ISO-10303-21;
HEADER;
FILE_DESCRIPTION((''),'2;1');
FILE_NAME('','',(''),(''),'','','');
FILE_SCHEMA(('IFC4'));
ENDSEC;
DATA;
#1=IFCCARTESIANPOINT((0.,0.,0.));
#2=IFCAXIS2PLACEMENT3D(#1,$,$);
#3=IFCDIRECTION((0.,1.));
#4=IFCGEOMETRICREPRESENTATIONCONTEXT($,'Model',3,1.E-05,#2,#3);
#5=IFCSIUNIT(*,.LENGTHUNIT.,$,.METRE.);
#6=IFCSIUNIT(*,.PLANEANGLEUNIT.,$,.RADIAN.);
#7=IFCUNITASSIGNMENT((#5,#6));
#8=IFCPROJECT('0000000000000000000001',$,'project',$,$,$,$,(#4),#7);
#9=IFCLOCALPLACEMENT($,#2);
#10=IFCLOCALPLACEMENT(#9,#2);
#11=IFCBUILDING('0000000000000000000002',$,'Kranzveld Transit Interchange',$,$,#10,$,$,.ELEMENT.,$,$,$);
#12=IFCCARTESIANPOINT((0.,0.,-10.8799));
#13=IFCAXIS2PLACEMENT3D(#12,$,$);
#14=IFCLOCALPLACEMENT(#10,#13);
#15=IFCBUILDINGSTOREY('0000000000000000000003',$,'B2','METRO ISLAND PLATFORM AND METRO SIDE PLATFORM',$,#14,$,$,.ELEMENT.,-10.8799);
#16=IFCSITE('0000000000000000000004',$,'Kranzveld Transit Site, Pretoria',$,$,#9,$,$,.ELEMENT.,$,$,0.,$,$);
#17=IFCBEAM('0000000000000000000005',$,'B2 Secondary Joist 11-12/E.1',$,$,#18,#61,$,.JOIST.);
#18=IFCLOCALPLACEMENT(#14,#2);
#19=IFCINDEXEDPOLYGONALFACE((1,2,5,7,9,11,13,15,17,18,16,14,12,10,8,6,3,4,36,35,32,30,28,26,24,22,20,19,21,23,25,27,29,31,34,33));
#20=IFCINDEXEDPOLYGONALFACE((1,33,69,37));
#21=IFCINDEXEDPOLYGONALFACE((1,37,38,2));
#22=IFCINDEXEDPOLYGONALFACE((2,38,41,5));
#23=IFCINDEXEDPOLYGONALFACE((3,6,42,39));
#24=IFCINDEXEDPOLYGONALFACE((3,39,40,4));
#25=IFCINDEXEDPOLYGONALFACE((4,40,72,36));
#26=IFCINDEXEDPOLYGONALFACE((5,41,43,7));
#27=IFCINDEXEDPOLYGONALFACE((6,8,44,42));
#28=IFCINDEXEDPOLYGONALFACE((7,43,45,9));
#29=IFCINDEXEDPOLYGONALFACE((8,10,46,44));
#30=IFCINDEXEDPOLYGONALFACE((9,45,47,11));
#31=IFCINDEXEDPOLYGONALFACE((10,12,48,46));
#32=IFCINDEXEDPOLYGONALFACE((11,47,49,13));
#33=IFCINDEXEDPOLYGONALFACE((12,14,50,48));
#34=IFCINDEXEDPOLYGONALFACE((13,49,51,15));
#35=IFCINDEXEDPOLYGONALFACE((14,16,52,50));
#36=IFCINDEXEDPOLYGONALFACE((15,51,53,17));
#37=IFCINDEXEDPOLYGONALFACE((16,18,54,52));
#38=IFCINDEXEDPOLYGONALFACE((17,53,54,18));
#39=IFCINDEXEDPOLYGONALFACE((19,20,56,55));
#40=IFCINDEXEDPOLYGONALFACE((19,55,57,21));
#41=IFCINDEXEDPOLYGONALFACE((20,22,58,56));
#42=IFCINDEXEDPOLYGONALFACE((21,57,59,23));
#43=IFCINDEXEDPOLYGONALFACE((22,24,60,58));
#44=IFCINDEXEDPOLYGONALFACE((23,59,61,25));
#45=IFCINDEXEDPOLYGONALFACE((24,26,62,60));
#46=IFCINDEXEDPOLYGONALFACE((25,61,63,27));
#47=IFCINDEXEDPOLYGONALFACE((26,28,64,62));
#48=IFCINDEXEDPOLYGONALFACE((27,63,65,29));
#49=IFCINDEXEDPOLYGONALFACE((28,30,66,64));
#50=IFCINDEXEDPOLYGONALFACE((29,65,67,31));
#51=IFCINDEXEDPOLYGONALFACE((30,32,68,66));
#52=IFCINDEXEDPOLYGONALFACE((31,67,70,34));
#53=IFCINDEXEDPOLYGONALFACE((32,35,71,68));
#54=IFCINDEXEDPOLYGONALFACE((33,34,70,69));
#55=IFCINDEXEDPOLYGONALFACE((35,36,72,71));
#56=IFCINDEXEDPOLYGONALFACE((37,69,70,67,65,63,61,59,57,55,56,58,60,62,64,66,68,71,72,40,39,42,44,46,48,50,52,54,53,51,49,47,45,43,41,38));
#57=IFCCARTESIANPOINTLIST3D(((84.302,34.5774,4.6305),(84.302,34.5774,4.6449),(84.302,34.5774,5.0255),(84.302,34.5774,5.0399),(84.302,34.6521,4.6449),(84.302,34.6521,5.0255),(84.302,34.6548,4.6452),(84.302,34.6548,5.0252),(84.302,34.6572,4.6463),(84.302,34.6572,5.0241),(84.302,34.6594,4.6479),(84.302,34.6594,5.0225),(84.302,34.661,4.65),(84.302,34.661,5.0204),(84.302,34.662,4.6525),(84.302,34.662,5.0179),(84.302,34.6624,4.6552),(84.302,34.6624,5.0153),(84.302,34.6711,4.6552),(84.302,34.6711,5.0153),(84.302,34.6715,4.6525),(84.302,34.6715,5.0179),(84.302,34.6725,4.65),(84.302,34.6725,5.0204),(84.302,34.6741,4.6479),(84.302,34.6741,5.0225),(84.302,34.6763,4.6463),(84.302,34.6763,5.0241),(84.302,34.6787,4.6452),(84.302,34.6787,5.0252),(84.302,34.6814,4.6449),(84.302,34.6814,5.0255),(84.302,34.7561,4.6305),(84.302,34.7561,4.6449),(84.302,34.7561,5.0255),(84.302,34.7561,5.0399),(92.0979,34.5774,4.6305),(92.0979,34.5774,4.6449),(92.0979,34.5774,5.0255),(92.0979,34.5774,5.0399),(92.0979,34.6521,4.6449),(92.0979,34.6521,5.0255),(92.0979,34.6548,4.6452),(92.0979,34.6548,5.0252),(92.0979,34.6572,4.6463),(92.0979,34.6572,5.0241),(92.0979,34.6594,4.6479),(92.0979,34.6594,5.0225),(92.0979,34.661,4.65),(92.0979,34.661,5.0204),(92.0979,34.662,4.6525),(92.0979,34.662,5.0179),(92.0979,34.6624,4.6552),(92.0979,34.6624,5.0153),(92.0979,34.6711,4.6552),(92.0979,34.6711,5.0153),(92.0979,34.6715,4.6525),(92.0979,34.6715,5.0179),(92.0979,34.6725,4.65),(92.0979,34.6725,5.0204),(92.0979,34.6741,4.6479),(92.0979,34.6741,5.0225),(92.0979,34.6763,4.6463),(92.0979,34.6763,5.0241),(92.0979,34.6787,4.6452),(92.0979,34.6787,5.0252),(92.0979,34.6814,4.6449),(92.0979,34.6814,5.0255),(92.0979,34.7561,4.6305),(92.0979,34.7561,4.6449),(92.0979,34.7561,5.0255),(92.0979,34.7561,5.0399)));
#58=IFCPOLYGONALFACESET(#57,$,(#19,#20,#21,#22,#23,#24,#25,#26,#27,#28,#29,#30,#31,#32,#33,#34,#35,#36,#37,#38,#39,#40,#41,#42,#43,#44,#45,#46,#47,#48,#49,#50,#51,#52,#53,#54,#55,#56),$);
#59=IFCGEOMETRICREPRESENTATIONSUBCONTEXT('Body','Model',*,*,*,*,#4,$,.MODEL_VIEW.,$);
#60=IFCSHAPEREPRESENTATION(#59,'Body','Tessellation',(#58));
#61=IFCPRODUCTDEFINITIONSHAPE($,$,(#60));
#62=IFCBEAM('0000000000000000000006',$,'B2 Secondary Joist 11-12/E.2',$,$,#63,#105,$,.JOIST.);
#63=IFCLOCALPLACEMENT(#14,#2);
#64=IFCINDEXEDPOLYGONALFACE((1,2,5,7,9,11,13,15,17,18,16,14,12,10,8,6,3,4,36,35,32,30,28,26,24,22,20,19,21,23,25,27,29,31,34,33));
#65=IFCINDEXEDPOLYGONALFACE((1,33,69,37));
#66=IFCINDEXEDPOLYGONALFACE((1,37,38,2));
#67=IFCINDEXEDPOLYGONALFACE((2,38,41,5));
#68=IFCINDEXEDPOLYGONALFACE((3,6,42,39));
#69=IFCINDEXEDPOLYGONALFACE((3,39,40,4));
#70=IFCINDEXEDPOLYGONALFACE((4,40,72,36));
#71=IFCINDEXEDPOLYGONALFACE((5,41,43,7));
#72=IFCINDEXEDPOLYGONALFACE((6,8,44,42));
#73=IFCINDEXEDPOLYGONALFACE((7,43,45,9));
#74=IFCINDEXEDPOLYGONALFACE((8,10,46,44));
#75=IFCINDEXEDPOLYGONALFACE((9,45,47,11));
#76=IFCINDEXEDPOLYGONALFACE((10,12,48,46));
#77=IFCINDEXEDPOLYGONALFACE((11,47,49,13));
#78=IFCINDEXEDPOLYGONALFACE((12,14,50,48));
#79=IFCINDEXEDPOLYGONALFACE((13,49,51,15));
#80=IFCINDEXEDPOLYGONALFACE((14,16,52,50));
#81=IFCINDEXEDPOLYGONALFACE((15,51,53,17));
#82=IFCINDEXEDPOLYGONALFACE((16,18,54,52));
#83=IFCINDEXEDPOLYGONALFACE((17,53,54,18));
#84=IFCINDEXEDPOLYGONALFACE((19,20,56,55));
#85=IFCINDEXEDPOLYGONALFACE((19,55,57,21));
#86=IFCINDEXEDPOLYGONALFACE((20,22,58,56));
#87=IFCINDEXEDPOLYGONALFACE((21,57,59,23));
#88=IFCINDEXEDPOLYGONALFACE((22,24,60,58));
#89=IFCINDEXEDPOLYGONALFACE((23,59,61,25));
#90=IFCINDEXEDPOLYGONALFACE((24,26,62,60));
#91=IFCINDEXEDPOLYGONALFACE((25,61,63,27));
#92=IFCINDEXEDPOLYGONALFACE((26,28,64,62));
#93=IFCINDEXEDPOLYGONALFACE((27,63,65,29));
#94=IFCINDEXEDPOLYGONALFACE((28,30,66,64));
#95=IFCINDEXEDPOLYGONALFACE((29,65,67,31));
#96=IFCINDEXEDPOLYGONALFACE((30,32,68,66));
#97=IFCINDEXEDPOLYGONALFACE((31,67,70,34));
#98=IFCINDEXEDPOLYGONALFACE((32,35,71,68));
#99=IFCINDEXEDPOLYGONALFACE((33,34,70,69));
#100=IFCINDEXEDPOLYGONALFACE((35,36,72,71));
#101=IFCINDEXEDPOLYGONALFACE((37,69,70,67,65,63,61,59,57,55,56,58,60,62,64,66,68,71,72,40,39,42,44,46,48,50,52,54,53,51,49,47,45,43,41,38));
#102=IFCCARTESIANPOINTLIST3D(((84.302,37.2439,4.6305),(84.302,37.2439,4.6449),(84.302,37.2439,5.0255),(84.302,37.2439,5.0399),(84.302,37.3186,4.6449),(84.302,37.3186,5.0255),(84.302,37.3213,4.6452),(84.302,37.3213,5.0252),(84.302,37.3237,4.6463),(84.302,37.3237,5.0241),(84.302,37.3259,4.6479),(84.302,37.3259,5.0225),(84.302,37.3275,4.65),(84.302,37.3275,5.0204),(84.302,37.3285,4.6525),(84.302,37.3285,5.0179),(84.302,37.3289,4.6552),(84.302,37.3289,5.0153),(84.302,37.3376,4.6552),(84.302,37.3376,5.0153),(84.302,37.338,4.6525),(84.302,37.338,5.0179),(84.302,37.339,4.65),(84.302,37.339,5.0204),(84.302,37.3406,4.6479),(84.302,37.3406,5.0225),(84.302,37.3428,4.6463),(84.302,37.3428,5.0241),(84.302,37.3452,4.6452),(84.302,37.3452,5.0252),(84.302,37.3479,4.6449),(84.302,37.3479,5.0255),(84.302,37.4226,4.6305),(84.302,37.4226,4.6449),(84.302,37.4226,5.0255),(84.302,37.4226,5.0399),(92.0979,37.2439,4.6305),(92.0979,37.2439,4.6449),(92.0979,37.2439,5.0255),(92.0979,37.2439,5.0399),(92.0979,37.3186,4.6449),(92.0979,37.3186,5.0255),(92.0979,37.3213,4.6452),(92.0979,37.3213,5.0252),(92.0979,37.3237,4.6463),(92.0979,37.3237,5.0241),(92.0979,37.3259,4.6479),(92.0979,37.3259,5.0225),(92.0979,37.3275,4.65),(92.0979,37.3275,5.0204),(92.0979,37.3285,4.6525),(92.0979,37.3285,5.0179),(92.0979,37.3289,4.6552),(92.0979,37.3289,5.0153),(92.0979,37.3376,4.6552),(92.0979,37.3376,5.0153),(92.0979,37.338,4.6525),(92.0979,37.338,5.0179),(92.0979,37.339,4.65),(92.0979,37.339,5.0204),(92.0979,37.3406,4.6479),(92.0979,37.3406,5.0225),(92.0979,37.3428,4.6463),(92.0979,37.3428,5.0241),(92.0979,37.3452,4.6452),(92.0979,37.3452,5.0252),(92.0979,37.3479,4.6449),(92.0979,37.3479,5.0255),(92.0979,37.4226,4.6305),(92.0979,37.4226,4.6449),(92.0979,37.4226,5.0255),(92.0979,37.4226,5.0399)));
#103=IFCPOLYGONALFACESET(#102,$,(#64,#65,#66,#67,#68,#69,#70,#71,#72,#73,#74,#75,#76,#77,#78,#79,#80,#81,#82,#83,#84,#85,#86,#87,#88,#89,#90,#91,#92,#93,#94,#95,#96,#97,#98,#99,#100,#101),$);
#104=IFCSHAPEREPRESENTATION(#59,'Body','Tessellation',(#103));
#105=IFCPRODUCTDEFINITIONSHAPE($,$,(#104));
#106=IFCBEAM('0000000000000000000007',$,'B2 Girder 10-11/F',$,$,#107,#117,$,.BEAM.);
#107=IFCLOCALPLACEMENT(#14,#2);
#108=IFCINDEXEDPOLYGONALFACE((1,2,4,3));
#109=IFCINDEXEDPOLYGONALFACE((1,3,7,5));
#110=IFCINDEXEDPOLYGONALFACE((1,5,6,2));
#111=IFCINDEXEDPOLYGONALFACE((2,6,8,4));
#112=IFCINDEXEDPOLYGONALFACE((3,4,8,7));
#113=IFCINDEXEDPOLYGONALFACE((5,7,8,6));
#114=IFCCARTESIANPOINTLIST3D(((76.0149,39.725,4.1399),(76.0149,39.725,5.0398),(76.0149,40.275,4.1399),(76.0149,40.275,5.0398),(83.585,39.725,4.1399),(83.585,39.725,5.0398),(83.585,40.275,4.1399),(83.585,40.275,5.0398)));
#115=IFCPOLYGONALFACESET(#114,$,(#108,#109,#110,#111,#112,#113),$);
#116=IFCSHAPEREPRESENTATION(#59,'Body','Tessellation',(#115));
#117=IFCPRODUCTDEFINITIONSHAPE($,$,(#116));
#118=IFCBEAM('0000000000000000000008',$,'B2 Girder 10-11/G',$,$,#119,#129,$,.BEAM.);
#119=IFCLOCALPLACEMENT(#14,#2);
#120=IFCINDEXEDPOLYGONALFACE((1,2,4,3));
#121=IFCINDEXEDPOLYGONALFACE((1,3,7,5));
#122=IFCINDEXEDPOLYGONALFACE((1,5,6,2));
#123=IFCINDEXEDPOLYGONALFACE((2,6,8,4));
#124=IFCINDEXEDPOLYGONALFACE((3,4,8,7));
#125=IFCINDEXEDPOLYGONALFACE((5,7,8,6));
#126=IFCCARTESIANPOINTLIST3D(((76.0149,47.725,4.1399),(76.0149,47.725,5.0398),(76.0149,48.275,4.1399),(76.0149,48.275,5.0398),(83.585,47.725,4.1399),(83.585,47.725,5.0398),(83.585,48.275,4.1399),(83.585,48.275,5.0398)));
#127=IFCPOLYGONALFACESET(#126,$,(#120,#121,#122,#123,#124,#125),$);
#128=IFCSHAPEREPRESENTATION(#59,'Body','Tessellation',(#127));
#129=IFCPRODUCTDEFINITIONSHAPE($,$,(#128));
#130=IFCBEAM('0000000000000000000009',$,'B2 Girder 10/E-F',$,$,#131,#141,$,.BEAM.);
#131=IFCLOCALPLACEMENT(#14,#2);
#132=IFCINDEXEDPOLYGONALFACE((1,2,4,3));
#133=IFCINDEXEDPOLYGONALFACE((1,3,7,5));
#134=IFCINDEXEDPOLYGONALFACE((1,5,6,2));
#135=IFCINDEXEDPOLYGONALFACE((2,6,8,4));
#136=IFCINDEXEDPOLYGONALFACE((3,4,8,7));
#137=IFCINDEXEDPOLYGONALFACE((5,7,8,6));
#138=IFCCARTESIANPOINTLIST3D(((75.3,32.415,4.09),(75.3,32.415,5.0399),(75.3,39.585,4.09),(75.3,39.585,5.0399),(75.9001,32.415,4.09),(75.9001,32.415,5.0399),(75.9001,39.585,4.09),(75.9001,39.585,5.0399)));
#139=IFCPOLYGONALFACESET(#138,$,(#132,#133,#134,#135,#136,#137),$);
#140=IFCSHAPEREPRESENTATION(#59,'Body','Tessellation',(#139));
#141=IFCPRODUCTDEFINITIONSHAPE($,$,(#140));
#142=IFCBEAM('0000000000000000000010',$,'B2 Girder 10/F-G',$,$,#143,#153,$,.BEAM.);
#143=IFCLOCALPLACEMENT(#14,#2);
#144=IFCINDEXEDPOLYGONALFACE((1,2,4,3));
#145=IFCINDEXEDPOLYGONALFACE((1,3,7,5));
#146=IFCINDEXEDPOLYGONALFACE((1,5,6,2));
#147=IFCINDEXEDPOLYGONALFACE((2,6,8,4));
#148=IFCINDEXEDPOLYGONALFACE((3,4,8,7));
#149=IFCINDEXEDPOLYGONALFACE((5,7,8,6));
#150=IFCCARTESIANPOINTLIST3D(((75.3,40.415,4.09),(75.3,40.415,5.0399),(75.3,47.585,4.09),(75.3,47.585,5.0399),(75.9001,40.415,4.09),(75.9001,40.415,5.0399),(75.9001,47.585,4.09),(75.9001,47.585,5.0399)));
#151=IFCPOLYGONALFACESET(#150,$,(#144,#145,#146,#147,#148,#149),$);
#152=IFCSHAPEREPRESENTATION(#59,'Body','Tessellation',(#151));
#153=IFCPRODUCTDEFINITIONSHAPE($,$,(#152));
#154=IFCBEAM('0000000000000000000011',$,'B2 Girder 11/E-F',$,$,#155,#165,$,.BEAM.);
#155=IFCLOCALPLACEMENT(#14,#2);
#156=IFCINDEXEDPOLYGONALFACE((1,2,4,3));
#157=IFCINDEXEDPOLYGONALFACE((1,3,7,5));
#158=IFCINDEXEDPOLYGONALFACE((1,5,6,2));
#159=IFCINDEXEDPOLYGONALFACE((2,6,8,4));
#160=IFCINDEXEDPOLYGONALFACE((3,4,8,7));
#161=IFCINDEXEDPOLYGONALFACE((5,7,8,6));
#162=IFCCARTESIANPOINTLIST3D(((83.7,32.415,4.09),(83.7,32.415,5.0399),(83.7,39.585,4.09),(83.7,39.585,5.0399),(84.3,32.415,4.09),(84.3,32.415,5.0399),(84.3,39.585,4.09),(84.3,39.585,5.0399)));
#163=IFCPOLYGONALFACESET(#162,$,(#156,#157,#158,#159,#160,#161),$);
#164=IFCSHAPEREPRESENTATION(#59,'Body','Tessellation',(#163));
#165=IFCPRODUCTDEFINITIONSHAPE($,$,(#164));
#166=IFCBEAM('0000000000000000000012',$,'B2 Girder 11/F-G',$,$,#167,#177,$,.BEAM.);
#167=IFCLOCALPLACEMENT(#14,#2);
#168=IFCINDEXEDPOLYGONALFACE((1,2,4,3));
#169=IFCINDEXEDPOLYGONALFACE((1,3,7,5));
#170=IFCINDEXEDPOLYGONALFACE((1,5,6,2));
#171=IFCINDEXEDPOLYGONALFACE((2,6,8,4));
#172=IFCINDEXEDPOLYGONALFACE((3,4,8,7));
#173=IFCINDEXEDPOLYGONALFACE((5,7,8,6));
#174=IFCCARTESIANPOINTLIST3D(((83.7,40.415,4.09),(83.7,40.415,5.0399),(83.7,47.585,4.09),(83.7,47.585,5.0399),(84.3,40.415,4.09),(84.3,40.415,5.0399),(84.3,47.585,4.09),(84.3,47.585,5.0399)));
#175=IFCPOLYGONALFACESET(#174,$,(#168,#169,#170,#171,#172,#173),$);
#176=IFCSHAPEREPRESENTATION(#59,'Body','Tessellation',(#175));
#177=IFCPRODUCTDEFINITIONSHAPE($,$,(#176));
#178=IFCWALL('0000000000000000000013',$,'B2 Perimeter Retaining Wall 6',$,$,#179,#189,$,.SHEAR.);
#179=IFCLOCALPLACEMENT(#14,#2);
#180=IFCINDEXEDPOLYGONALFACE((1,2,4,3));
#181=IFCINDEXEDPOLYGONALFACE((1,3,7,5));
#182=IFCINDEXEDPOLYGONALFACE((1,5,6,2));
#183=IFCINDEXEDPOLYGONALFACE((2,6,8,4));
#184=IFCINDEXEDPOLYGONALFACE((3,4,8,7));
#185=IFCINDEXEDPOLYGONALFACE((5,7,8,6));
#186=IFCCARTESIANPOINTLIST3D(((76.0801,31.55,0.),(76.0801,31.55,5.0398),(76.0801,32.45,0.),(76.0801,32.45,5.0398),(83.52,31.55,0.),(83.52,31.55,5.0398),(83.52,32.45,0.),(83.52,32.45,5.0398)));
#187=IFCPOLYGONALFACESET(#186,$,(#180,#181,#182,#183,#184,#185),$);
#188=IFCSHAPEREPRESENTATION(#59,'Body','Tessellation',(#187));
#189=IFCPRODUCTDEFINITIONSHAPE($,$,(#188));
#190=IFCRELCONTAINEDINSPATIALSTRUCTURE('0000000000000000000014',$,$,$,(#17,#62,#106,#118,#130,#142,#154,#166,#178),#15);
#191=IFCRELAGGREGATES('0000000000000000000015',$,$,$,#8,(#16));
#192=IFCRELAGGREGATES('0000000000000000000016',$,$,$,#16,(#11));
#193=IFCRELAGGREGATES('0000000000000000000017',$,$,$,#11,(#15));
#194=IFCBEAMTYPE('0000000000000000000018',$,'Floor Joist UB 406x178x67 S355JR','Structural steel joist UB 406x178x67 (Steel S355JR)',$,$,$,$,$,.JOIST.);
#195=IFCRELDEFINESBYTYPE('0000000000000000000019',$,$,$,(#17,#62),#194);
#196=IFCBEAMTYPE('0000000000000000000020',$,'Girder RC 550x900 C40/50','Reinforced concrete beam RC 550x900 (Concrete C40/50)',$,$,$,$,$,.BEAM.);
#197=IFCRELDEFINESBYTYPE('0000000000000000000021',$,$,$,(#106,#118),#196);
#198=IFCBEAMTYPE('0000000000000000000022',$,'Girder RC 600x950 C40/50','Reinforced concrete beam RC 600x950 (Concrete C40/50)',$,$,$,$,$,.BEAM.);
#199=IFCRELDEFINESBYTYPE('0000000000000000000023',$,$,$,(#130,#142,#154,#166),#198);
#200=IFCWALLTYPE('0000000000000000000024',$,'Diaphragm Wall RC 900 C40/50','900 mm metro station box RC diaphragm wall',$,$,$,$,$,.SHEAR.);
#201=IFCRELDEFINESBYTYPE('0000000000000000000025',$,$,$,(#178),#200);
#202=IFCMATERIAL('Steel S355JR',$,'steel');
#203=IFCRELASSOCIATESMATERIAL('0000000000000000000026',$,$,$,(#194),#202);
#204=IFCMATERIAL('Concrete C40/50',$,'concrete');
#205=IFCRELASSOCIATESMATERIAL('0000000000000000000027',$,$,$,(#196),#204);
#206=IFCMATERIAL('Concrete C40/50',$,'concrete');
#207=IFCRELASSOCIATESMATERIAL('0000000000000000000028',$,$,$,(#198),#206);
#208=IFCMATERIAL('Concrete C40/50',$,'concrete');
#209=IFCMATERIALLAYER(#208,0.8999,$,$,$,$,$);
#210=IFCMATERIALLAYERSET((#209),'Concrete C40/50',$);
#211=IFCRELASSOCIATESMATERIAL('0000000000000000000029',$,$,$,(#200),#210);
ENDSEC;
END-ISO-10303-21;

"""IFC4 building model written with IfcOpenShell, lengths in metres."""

from ifc_helpers import new_model, si_unit, direction, frame, frame_2d, origin, origin_2d, place, context, subcontext, project, spatial, rectangle, i_section, extrude, material, layer, layer_set, material_profile, profile_set, type_object, element, save


model = new_model("IFC4")

# Units and contexts
model_context = context("Model", 3, precision=1e-05, world=origin(), true_north=direction((0.0, 1.0)))
body_context = subcontext(model_context, "Body", "Model", "MODEL_VIEW")
ifc_project = project(units=[si_unit("LENGTHUNIT", "METRE"), si_unit("PLANEANGLEUNIT", "RADIAN")], contexts=[model_context])

# Site, building, storey
site_placement = place(None, origin())
site = spatial("IfcSite", under=ifc_project, at=site_placement, Name="Kranzveld Transit Site, Pretoria", CompositionType="ELEMENT", RefElevation=0.0)
building_placement = place(site_placement, origin())
building = spatial("IfcBuilding", under=site, at=building_placement, Name="Kranzveld Transit Interchange", CompositionType="ELEMENT")
storey_placement = place(building_placement, frame((0.0, 0.0, -10.8799)))
storey = spatial("IfcBuildingStorey", under=building, at=storey_placement, Name="B2", Description="METRO ISLAND PLATFORM AND METRO SIDE PLATFORM", CompositionType="ELEMENT", Elevation=-10.8799)

# Beams
ifc_material_1 = material(Name="Steel S355JR", Category="steel")
ifc_material_profile_1 = material_profile(ifc_material_1, i_section(OverallWidth=0.1787, OverallDepth=0.4094, WebThickness=0.0088, FlangeThickness=0.0144, FilletRadius=0.0103, at=origin_2d()), Name="UB 406x178x67")
ifc_profile_set_1 = profile_set([ifc_material_profile_1], Name="Steel S355JR")
beam_type_1 = type_object("IfcBeamType", Name="Floor Joist UB 406x178x67 S355JR", Description="Structural steel joist UB 406x178x67 (Steel S355JR)", PredefinedType="JOIST", material=ifc_profile_set_1)
for number, where, z_axis, x_axis, name in (
    (1, (84.302, 34.6667, 4.8352), (1.0, 0.0, 0.0), (0.0, 1.0, 0.0), "B2 Secondary Joist 11-12/E.1"),
    (2, (84.302, 37.3333, 4.8352), (1.0, 0.0, 0.0), (0.0, 1.0, 0.0), "B2 Secondary Joist 11-12/E.2"),
):
    element("IfcBeam", number, at=place(storey_placement, frame(where, z_axis=z_axis, x_axis=x_axis)), inside=storey, type_object=beam_type_1, Name=name, PredefinedType="JOIST", context=body_context, shape_type="SweptSolid", body=[
        extrude(i_section(OverallWidth=0.1787, OverallDepth=0.4094, WebThickness=0.0088, FlangeThickness=0.0144, FilletRadius=0.0103, at=origin_2d()), origin(), (0.0, 0.0, 1.0), 7.7959),
    ])
ifc_material_2 = material(Name="Concrete C40/50", Category="concrete")
ifc_material_profile_2 = material_profile(ifc_material_2, rectangle(XDim=0.55, YDim=0.8999, at=origin_2d()), Name="RC 550x900")
ifc_profile_set_2 = profile_set([ifc_material_profile_2], Name="Concrete C40/50")
beam_type_2 = type_object("IfcBeamType", Name="Girder RC 550x900 C40/50", Description="Reinforced concrete beam RC 550x900 (Concrete C40/50)", PredefinedType="BEAM", material=ifc_profile_set_2)
for number, where, z_axis, x_axis, name in (
    (3, (76.0149, 40.0, 4.5898), (1.0, 0.0, 0.0), (0.0, 1.0, 0.0), "B2 Girder 10-11/F"),
    (4, (76.0149, 48.0, 4.5898), (1.0, 0.0, 0.0), (0.0, 1.0, 0.0), "B2 Girder 10-11/G"),
):
    element("IfcBeam", number, at=place(storey_placement, frame(where, z_axis=z_axis, x_axis=x_axis)), inside=storey, type_object=beam_type_2, Name=name, PredefinedType="BEAM", context=body_context, shape_type="SweptSolid", body=[
        extrude(rectangle(XDim=0.55, YDim=0.8999, at=origin_2d()), origin(), (0.0, 0.0, 1.0), 7.5701),
    ])
ifc_material_3 = material(Name="Concrete C40/50", Category="concrete")
ifc_material_profile_3 = material_profile(ifc_material_3, rectangle(XDim=0.6001, YDim=0.95, at=origin_2d()), Name="RC 600x950")
ifc_profile_set_3 = profile_set([ifc_material_profile_3], Name="Concrete C40/50")
beam_type_3 = type_object("IfcBeamType", Name="Girder RC 600x950 C40/50", Description="Reinforced concrete beam RC 600x950 (Concrete C40/50)", PredefinedType="BEAM", material=ifc_profile_set_3)
for number, where, z_axis, x_axis, name in (
    (5, (75.6001, 32.415, 4.5649), (0.0, 1.0, 0.0), (-1.0, 0.0, 0.0), "B2 Girder 10/E-F"),
    (6, (75.6001, 40.415, 4.5649), (0.0, 1.0, 0.0), (-1.0, 0.0, 0.0), "B2 Girder 10/F-G"),
    (7, (84.0, 32.415, 4.5649), (0.0, 1.0, 0.0), (-1.0, 0.0, 0.0), "B2 Girder 11/E-F"),
    (8, (84.0, 40.415, 4.5649), (0.0, 1.0, 0.0), (-1.0, 0.0, 0.0), "B2 Girder 11/F-G"),
):
    element("IfcBeam", number, at=place(storey_placement, frame(where, z_axis=z_axis, x_axis=x_axis)), inside=storey, type_object=beam_type_3, Name=name, PredefinedType="BEAM", context=body_context, shape_type="SweptSolid", body=[
        extrude(rectangle(XDim=0.6001, YDim=0.95, at=origin_2d()), origin(), (0.0, 0.0, 1.0), 7.1699),
    ])

# Wall
ifc_material_4 = material(Name="Concrete C40/50", Category="concrete")
ifc_layer = layer(ifc_material_4, 0.8999)
ifc_layer_set = layer_set([ifc_layer], Name="Concrete C40/50")
wall_type = type_object("IfcWallType", Name="Diaphragm Wall RC 900 C40/50", Description="900 mm metro station box RC diaphragm wall", PredefinedType="SHEAR", material=ifc_layer_set)
wall_placement = place(storey_placement, frame((76.0801, 32.0, 0.0), z_axis=(0.0, 0.0, 1.0), x_axis=(1.0, 0.0, 0.0)))
element("IfcWall", 9, at=wall_placement, inside=storey, type_object=wall_type, Name="B2 Perimeter Retaining Wall 6", PredefinedType="SHEAR", context=body_context, shape_type="SweptSolid", body=[
    extrude(rectangle(XDim=7.4399, YDim=0.8999, at=frame_2d((3.72, 0.0))), origin(), (0.0, 0.0, 1.0), 5.0398),
])

save(model, "model.ifc")
